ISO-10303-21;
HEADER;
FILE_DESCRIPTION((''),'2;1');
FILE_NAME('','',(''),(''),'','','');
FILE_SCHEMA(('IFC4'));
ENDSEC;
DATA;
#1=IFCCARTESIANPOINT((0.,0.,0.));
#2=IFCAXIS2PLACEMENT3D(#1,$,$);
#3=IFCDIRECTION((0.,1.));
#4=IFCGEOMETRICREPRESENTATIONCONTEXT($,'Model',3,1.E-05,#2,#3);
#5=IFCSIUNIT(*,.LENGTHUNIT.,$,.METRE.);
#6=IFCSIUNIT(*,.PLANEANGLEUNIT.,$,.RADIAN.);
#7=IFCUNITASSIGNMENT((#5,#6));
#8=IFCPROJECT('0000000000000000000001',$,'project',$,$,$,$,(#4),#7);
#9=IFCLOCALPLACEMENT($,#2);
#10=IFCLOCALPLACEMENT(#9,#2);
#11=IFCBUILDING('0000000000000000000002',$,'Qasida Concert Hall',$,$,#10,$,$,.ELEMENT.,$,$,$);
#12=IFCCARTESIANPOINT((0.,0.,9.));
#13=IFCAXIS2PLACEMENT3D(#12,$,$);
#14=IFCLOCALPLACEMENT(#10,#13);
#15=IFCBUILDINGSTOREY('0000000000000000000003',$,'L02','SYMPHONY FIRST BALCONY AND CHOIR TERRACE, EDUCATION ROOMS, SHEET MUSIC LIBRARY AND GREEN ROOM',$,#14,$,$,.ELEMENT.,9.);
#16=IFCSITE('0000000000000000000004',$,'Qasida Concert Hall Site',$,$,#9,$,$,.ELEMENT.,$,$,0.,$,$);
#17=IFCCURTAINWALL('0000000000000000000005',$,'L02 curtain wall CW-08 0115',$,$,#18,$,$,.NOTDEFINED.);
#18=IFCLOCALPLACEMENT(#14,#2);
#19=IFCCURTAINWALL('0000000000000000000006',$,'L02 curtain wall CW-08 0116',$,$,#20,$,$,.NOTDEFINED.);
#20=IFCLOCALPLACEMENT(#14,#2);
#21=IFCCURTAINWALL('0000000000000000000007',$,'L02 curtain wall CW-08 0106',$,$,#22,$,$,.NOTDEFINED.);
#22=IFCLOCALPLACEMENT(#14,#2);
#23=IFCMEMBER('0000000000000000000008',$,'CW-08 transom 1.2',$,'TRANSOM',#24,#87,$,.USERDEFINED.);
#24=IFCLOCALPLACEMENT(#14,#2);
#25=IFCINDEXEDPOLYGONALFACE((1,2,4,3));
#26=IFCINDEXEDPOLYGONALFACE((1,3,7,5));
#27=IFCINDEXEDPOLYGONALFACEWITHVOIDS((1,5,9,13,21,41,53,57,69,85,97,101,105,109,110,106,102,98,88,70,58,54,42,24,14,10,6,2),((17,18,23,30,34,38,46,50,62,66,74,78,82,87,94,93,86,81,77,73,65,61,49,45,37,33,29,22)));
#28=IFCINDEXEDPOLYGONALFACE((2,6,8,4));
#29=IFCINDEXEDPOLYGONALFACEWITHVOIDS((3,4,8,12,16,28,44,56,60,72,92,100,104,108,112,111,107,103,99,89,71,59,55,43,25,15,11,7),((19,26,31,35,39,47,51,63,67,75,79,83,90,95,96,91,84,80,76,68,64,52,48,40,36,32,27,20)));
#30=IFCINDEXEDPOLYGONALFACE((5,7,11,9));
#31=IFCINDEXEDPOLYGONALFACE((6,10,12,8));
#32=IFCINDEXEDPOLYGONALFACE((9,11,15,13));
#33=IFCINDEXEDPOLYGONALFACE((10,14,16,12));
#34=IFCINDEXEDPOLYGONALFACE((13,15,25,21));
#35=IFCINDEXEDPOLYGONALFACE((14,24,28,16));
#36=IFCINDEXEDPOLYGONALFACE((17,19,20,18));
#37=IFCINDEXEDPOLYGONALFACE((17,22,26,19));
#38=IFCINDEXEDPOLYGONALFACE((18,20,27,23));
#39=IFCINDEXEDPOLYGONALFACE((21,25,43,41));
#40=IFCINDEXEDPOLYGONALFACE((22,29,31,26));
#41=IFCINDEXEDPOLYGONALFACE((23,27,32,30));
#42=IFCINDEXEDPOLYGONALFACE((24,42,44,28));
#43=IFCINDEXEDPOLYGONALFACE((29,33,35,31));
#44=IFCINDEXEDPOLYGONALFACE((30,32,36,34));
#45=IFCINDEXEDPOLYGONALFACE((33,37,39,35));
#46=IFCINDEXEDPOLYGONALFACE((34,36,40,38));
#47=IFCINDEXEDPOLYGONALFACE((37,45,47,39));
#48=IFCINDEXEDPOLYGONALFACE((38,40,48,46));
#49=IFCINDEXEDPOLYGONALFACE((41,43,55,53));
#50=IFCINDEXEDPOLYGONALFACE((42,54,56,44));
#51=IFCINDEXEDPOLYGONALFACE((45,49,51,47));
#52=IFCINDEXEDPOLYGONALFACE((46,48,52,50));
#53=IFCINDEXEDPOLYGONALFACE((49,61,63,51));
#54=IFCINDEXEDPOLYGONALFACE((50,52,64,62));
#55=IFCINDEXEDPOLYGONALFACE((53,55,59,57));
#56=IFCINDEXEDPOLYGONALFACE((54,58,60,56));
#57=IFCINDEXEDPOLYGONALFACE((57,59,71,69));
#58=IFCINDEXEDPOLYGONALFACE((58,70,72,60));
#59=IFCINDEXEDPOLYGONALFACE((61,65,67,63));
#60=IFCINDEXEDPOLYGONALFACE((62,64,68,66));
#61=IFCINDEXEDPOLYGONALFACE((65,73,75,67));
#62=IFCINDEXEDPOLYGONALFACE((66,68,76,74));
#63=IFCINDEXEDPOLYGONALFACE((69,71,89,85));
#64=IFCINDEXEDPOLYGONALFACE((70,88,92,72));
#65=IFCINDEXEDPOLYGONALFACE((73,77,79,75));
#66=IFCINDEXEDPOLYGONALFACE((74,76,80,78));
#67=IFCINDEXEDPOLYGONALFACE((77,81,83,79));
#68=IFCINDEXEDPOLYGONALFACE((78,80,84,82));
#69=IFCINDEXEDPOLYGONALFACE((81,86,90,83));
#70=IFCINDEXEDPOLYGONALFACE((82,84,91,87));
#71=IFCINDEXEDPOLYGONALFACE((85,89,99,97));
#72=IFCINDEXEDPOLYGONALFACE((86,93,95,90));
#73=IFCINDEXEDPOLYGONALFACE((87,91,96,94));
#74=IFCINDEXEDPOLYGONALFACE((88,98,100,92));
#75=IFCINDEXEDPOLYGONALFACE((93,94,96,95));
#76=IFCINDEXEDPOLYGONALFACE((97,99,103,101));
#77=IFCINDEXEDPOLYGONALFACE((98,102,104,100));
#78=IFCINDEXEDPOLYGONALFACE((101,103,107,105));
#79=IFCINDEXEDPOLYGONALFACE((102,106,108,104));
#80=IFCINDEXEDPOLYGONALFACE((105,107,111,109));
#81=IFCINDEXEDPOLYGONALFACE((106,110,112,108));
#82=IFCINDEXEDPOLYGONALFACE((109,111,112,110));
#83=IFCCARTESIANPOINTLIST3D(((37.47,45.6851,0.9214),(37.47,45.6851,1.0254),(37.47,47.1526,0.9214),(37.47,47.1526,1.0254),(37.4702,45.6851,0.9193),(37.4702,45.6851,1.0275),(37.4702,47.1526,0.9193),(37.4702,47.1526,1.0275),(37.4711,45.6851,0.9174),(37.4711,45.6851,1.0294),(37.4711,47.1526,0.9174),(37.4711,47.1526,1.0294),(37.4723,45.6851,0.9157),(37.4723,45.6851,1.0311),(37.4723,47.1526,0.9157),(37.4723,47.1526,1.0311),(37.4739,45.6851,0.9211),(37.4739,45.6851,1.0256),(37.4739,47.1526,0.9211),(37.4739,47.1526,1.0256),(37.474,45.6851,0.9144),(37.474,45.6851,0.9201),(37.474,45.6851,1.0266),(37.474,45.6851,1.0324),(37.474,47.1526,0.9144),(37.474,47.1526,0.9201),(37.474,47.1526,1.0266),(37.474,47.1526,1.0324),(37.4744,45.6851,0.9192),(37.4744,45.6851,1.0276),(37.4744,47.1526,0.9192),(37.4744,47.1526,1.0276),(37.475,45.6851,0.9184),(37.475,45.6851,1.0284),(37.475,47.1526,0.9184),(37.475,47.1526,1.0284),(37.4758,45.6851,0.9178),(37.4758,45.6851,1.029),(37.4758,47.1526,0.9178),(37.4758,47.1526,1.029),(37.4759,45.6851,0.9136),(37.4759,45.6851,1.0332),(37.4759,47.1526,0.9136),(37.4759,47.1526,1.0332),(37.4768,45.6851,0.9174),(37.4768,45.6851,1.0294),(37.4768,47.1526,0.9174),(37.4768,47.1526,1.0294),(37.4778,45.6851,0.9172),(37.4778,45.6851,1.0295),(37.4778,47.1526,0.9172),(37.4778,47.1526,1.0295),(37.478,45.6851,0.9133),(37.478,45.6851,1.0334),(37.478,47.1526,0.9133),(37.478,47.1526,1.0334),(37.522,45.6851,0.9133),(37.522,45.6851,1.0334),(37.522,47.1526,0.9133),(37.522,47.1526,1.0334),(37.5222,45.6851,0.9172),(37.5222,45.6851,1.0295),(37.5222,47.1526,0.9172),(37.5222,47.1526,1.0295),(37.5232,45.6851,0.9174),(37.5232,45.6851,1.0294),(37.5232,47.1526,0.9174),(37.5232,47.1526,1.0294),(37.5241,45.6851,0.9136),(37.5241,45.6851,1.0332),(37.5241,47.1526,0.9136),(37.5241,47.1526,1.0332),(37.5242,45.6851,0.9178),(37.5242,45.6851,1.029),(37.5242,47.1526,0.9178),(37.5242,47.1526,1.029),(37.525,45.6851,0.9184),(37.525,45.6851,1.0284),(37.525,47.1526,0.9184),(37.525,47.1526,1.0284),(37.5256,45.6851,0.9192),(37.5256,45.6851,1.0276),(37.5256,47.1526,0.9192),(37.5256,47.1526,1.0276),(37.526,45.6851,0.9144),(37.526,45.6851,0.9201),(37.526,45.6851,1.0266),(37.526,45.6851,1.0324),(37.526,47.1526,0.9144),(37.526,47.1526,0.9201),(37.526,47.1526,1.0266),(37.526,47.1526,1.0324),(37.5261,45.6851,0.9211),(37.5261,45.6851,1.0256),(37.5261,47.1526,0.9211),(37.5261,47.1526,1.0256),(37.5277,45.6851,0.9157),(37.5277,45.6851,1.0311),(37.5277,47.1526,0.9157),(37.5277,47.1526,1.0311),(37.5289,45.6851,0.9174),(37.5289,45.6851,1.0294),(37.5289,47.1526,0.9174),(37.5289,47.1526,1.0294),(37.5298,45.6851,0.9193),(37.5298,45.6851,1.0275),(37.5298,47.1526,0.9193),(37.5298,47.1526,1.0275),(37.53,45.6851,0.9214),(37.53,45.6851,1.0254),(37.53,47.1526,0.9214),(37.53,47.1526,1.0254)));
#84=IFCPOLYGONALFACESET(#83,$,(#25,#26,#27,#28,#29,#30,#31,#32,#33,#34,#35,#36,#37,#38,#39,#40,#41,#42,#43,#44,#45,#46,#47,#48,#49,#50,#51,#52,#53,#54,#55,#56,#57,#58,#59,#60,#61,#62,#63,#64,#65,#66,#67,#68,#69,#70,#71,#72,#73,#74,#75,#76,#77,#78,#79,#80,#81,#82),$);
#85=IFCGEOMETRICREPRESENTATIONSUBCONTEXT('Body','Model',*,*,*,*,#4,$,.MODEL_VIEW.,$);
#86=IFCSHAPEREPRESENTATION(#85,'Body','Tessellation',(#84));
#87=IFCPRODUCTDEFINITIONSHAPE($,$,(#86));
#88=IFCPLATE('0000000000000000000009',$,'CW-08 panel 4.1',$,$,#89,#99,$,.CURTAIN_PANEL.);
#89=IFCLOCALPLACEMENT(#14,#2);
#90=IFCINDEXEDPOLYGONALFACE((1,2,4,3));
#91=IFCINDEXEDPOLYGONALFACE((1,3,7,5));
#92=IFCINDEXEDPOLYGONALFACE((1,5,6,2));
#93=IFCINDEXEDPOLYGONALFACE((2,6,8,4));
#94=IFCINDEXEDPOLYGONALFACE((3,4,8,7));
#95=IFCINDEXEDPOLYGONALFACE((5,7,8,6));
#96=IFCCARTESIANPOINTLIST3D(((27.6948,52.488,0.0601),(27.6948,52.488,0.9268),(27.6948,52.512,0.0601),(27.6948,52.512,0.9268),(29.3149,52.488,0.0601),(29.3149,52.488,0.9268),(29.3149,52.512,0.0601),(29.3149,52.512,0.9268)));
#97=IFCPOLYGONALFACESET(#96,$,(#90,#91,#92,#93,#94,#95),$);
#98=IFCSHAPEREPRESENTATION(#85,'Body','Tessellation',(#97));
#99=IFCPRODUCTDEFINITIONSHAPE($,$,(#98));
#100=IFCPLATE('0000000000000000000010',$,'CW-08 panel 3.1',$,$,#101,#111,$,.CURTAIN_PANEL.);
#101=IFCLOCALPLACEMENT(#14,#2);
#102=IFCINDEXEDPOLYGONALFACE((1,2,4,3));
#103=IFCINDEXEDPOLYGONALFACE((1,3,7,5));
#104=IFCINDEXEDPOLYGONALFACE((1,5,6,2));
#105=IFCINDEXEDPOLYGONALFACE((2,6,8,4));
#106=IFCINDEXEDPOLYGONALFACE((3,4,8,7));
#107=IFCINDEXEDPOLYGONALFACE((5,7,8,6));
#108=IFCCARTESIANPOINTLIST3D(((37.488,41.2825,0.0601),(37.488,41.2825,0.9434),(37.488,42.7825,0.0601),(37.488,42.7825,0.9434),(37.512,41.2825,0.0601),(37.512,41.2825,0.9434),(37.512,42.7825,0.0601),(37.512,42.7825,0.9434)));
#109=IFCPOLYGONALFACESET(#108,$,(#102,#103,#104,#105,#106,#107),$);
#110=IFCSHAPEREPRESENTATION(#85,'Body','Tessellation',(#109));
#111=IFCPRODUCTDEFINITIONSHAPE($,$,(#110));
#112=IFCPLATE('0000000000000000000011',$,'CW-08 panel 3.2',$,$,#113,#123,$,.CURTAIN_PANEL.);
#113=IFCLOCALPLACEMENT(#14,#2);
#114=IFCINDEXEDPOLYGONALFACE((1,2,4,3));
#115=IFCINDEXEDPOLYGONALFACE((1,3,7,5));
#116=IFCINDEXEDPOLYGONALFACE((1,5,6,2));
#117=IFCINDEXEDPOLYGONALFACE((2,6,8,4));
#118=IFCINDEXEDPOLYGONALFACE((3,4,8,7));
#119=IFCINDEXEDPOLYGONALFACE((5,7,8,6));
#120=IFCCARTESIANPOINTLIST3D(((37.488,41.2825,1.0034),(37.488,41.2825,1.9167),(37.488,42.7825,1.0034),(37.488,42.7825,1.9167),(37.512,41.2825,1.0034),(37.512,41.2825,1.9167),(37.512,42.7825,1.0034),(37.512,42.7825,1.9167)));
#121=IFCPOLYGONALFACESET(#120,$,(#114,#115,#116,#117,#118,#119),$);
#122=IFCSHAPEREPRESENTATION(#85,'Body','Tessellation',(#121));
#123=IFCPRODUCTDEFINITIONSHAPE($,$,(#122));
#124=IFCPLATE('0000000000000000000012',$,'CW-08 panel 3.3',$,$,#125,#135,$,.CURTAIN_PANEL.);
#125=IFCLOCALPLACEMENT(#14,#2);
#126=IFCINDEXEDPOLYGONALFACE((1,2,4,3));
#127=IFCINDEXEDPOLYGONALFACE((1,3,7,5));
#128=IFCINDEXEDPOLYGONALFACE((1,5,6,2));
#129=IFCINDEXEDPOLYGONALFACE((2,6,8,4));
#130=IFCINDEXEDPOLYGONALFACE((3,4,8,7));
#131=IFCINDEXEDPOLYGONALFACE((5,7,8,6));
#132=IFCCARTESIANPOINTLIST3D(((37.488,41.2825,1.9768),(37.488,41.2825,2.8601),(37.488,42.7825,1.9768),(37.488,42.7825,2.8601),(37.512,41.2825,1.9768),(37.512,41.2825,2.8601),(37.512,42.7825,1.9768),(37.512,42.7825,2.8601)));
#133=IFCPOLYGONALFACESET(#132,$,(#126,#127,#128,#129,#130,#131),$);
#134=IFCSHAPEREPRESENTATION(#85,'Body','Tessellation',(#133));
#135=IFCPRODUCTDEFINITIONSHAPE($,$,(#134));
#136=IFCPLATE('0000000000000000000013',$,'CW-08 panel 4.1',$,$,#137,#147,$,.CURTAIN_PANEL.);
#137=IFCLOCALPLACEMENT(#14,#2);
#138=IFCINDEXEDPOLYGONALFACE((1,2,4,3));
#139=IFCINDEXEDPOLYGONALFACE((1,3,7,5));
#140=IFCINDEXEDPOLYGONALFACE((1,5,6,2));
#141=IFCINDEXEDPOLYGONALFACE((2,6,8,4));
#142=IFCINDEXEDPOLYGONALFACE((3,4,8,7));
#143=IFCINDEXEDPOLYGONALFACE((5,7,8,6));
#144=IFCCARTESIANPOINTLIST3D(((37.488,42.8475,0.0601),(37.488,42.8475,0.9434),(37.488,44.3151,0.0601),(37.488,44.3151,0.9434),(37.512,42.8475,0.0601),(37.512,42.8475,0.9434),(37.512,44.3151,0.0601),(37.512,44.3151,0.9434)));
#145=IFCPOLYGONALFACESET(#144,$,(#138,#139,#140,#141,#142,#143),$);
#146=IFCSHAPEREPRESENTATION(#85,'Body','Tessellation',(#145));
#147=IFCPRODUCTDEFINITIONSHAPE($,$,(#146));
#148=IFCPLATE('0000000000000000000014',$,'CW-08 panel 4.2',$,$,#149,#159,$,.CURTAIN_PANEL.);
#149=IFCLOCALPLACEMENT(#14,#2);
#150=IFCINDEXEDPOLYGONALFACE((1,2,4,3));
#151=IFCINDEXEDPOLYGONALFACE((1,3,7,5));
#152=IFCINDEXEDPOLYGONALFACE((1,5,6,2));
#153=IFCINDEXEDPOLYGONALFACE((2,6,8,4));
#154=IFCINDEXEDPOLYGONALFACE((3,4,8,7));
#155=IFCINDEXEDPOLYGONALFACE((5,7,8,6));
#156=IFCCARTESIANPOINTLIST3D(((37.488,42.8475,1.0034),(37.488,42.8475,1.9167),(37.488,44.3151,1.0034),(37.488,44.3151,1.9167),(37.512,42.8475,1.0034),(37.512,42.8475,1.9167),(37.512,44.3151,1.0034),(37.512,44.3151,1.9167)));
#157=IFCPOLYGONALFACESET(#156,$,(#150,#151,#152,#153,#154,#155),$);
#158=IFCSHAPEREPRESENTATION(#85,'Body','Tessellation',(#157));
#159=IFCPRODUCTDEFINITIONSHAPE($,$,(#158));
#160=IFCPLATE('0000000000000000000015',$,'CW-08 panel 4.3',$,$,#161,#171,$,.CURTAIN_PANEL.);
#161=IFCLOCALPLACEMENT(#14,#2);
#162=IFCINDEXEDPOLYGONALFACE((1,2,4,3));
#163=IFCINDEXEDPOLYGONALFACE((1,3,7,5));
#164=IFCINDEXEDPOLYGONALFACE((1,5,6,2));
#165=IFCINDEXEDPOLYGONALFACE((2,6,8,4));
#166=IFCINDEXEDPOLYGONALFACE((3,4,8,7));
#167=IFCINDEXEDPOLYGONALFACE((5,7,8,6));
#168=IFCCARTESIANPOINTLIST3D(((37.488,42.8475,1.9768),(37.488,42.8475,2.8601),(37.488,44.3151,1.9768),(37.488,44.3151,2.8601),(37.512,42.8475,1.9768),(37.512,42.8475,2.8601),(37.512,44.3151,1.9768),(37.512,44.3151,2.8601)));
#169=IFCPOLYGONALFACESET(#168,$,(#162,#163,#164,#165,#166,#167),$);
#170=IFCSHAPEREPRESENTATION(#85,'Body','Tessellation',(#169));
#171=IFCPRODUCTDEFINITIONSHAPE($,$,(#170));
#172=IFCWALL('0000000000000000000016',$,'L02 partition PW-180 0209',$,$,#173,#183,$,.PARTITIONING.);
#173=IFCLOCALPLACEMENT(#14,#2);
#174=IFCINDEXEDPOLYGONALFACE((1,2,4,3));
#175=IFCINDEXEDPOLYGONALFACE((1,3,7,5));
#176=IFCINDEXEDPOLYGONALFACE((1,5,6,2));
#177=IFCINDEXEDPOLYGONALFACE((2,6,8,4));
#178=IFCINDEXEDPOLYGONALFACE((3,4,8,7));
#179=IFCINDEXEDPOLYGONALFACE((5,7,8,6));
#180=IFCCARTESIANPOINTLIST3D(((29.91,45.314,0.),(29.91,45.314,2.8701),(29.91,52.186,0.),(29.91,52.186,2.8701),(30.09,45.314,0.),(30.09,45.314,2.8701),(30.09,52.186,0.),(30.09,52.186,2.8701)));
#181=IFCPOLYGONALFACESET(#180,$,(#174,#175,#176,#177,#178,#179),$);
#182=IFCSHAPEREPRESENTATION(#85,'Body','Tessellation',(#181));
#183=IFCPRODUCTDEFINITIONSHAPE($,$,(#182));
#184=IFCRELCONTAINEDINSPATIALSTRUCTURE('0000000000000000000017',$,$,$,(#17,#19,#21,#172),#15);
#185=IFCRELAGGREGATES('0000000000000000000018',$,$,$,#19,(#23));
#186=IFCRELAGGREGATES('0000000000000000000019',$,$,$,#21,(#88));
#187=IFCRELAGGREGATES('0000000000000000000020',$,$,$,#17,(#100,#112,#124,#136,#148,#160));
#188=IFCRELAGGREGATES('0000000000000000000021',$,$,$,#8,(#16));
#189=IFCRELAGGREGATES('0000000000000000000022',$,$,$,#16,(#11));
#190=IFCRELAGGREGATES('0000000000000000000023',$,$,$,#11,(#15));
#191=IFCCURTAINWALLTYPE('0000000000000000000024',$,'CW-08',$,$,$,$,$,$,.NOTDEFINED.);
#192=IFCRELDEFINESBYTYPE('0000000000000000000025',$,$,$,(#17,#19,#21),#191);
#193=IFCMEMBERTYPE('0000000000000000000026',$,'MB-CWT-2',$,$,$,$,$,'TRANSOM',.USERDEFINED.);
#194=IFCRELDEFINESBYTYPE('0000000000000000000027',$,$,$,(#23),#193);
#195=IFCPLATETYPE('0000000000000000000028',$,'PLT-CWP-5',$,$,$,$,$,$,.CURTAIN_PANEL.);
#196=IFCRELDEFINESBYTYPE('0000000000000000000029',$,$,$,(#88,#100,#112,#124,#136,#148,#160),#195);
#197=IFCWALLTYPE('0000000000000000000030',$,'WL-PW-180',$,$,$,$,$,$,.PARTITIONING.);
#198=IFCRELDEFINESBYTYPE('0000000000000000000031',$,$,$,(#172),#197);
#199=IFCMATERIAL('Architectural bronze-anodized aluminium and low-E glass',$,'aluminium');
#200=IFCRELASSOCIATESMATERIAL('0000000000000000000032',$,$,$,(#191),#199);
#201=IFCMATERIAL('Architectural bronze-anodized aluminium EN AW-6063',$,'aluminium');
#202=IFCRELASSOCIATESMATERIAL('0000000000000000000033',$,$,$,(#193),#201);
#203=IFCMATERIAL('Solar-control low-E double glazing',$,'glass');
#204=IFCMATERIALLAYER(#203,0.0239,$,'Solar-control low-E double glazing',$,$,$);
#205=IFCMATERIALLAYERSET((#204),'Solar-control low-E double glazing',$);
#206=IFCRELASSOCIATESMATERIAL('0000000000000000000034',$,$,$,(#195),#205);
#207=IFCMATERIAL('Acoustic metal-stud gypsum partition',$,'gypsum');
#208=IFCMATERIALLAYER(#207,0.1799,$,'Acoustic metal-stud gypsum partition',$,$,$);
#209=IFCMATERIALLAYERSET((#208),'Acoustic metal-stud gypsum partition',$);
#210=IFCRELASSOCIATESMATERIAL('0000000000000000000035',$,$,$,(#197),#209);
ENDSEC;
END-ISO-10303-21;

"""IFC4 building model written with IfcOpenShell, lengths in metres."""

from ifc_helpers import new_model, si_unit, direction, frame, frame_2d, origin, origin_2d, place, context, subcontext, project, spatial, rectangle, hollow_rectangle, extrude, material, layer, layer_set, material_profile, profile_set, type_object, element, aggregate, save


model = new_model("IFC4")

# Units and contexts
model_context = context("Model", 3, precision=1e-05, world=origin(), true_north=direction((0.0, 1.0)))
body_context = subcontext(model_context, "Body", "Model", "MODEL_VIEW")
ifc_project = project(units=[si_unit("LENGTHUNIT", "METRE"), si_unit("PLANEANGLEUNIT", "RADIAN")], contexts=[model_context])

# Site, building, storey
site_placement = place(None, origin())
site = spatial("IfcSite", under=ifc_project, at=site_placement, Name="Qasida Concert Hall Site", CompositionType="ELEMENT", RefElevation=0.0)
building_placement = place(site_placement, origin())
building = spatial("IfcBuilding", under=site, at=building_placement, Name="Qasida Concert Hall", CompositionType="ELEMENT")
storey_placement = place(building_placement, frame((0.0, 0.0, 9.0)))
storey = spatial("IfcBuildingStorey", under=building, at=storey_placement, Name="L02", Description="SYMPHONY FIRST BALCONY AND CHOIR TERRACE, EDUCATION ROOMS, SHEET MUSIC LIBRARY AND GREEN ROOM", CompositionType="ELEMENT", Elevation=9.0)

# Curtain wall
ifc_material_1 = material(Name="Architectural bronze-anodized aluminium and low-E glass", Category="aluminium")
curtain_wall_type = type_object("IfcCurtainWallType", Name="CW-08", PredefinedType="NOTDEFINED", material=ifc_material_1)
curtain_wall_1_placement = place(storey_placement, origin())
curtain_wall_1 = element("IfcCurtainWall", 1, at=curtain_wall_1_placement, inside=storey, type_object=curtain_wall_type, Name="L02 curtain wall CW-08 0115", PredefinedType="NOTDEFINED")
ifc_material_2 = material(Name="Architectural bronze-anodized aluminium EN AW-6063", Category="aluminium")

# Curtain walls
curtain_wall_2_placement = place(storey_placement, origin())
curtain_wall_2 = element("IfcCurtainWall", 2, at=curtain_wall_2_placement, inside=storey, type_object=curtain_wall_type, Name="L02 curtain wall CW-08 0116", PredefinedType="NOTDEFINED")
curtain_wall_3_placement = place(storey_placement, origin())
curtain_wall_3 = element("IfcCurtainWall", 3, at=curtain_wall_3_placement, inside=storey, type_object=curtain_wall_type, Name="L02 curtain wall CW-08 0106", PredefinedType="NOTDEFINED")
ifc_material_profile_1 = material_profile(ifc_material_2, hollow_rectangle(XDim=0.0601, YDim=0.1201, WallThickness=0.0039, InnerFilletRadius=0.0039, OuterFilletRadius=0.0081, at=origin_2d()), Name="CWT 120x60x4")
ifc_profile_set_1 = profile_set([ifc_material_profile_1], Name="Architectural bronze-anodized aluminium EN AW-6063")
member_type_1 = type_object("IfcMemberType", Name="MB-CWT-2", ElementType="TRANSOM", PredefinedType="USERDEFINED", material=ifc_profile_set_1)

# Member
member_1_placement = place(storey_placement, frame((37.5, 45.6851, 0.9734), z_axis=(0.0, 1.0, 0.0), x_axis=(-1.0, 0.0, 0.0)))
member_1 = element("IfcMember", 4, at=member_1_placement, type_object=member_type_1, Name="CW-08 transom 1.2", ObjectType="TRANSOM", PredefinedType="USERDEFINED", context=body_context, shape_type="SweptSolid", body=[
    extrude(hollow_rectangle(XDim=0.0601, YDim=0.1201, WallThickness=0.0039, InnerFilletRadius=0.0039, OuterFilletRadius=0.0081, at=origin_2d()), origin(), (0.0, 0.0, 1.0), 1.4675),
])
aggregate(curtain_wall_2, [member_1])

# Plates
ifc_material_3 = material(Name="Solar-control low-E double glazing", Category="glass")
ifc_layer_1 = layer(ifc_material_3, 0.0239, Name="Solar-control low-E double glazing")
ifc_layer_set_1 = layer_set([ifc_layer_1], Name="Solar-control low-E double glazing")
plate_type = type_object("IfcPlateType", Name="PLT-CWP-5", PredefinedType="CURTAIN_PANEL", material=ifc_layer_set_1)
plate_1_placement = place(storey_placement, frame((28.5049, 52.5, 0.0601), z_axis=(0.0, 0.0, 1.0), x_axis=(1.0, 0.0, 0.0)))
plate_1 = element("IfcPlate", 5, at=plate_1_placement, type_object=plate_type, Name="CW-08 panel 4.1", PredefinedType="CURTAIN_PANEL", context=body_context, shape_type="SweptSolid", body=[
    extrude(rectangle(XDim=1.6201, YDim=0.0239, at=origin_2d()), origin(), (0.0, 0.0, 1.0), 0.8667),
])
aggregate(curtain_wall_3, [plate_1])
plate_2_placement = place(storey_placement, frame((37.5, 42.0325, 0.0601), z_axis=(0.0, 0.0, 1.0), x_axis=(0.0, 1.0, 0.0)))
plate_2 = element("IfcPlate", 6, at=plate_2_placement, type_object=plate_type, Name="CW-08 panel 3.1", PredefinedType="CURTAIN_PANEL", context=body_context, shape_type="SweptSolid", body=[
    extrude(rectangle(XDim=1.5, YDim=0.0239, at=origin_2d()), origin(), (0.0, 0.0, 1.0), 0.8833),
])
plate_3_placement = place(storey_placement, frame((37.5, 42.0325, 1.0034), z_axis=(0.0, 0.0, 1.0), x_axis=(0.0, 1.0, 0.0)))
plate_3 = element("IfcPlate", 7, at=plate_3_placement, type_object=plate_type, Name="CW-08 panel 3.2", PredefinedType="CURTAIN_PANEL", context=body_context, shape_type="SweptSolid", body=[
    extrude(rectangle(XDim=1.5, YDim=0.0239, at=origin_2d()), origin(), (0.0, 0.0, 1.0), 0.9133),
])
plate_4_placement = place(storey_placement, frame((37.5, 42.0325, 1.9768), z_axis=(0.0, 0.0, 1.0), x_axis=(0.0, 1.0, 0.0)))
plate_4 = element("IfcPlate", 8, at=plate_4_placement, type_object=plate_type, Name="CW-08 panel 3.3", PredefinedType="CURTAIN_PANEL", context=body_context, shape_type="SweptSolid", body=[
    extrude(rectangle(XDim=1.5, YDim=0.0239, at=origin_2d()), origin(), (0.0, 0.0, 1.0), 0.8833),
])
plate_5_placement = place(storey_placement, frame((37.5, 43.5813, 0.0601), z_axis=(0.0, 0.0, 1.0), x_axis=(0.0, 1.0, 0.0)))
plate_5 = element("IfcPlate", 9, at=plate_5_placement, type_object=plate_type, Name="CW-08 panel 4.1", PredefinedType="CURTAIN_PANEL", context=body_context, shape_type="SweptSolid", body=[
    extrude(rectangle(XDim=1.4675, YDim=0.0239, at=origin_2d()), origin(), (0.0, 0.0, 1.0), 0.8833),
])
plate_6_placement = place(storey_placement, frame((37.5, 43.5813, 1.0034), z_axis=(0.0, 0.0, 1.0), x_axis=(0.0, 1.0, 0.0)))
plate_6 = element("IfcPlate", 10, at=plate_6_placement, type_object=plate_type, Name="CW-08 panel 4.2", PredefinedType="CURTAIN_PANEL", context=body_context, shape_type="SweptSolid", body=[
    extrude(rectangle(XDim=1.4675, YDim=0.0239, at=origin_2d()), origin(), (0.0, 0.0, 1.0), 0.9133),
])
plate_7_placement = place(storey_placement, frame((37.5, 43.5813, 1.9768), z_axis=(0.0, 0.0, 1.0), x_axis=(0.0, 1.0, 0.0)))
plate_7 = element("IfcPlate", 11, at=plate_7_placement, type_object=plate_type, Name="CW-08 panel 4.3", PredefinedType="CURTAIN_PANEL", context=body_context, shape_type="SweptSolid", body=[
    extrude(rectangle(XDim=1.4675, YDim=0.0239, at=origin_2d()), origin(), (0.0, 0.0, 1.0), 0.8833),
])
aggregate(curtain_wall_1, [plate_2, plate_3, plate_4, plate_5, plate_6, plate_7])

# Wall
ifc_material_4 = material(Name="Acoustic metal-stud gypsum partition", Category="gypsum")
ifc_layer_2 = layer(ifc_material_4, 0.1799, Name="Acoustic metal-stud gypsum partition")
ifc_layer_set_2 = layer_set([ifc_layer_2], Name="Acoustic metal-stud gypsum partition")
wall_type = type_object("IfcWallType", Name="WL-PW-180", PredefinedType="PARTITIONING", material=ifc_layer_set_2)
wall_placement = place(storey_placement, frame((30.0, 45.314, 0.0), z_axis=(0.0, 0.0, 1.0), x_axis=(0.0, 1.0, 0.0)))
element("IfcWall", 12, at=wall_placement, inside=storey, type_object=wall_type, Name="L02 partition PW-180 0209", PredefinedType="PARTITIONING", context=body_context, shape_type="SweptSolid", body=[
    extrude(rectangle(XDim=6.8721, YDim=0.1799, at=frame_2d((3.436, 0.0))), origin(), (0.0, 0.0, 1.0), 2.8701),
])

save(model, "model.ifc")
